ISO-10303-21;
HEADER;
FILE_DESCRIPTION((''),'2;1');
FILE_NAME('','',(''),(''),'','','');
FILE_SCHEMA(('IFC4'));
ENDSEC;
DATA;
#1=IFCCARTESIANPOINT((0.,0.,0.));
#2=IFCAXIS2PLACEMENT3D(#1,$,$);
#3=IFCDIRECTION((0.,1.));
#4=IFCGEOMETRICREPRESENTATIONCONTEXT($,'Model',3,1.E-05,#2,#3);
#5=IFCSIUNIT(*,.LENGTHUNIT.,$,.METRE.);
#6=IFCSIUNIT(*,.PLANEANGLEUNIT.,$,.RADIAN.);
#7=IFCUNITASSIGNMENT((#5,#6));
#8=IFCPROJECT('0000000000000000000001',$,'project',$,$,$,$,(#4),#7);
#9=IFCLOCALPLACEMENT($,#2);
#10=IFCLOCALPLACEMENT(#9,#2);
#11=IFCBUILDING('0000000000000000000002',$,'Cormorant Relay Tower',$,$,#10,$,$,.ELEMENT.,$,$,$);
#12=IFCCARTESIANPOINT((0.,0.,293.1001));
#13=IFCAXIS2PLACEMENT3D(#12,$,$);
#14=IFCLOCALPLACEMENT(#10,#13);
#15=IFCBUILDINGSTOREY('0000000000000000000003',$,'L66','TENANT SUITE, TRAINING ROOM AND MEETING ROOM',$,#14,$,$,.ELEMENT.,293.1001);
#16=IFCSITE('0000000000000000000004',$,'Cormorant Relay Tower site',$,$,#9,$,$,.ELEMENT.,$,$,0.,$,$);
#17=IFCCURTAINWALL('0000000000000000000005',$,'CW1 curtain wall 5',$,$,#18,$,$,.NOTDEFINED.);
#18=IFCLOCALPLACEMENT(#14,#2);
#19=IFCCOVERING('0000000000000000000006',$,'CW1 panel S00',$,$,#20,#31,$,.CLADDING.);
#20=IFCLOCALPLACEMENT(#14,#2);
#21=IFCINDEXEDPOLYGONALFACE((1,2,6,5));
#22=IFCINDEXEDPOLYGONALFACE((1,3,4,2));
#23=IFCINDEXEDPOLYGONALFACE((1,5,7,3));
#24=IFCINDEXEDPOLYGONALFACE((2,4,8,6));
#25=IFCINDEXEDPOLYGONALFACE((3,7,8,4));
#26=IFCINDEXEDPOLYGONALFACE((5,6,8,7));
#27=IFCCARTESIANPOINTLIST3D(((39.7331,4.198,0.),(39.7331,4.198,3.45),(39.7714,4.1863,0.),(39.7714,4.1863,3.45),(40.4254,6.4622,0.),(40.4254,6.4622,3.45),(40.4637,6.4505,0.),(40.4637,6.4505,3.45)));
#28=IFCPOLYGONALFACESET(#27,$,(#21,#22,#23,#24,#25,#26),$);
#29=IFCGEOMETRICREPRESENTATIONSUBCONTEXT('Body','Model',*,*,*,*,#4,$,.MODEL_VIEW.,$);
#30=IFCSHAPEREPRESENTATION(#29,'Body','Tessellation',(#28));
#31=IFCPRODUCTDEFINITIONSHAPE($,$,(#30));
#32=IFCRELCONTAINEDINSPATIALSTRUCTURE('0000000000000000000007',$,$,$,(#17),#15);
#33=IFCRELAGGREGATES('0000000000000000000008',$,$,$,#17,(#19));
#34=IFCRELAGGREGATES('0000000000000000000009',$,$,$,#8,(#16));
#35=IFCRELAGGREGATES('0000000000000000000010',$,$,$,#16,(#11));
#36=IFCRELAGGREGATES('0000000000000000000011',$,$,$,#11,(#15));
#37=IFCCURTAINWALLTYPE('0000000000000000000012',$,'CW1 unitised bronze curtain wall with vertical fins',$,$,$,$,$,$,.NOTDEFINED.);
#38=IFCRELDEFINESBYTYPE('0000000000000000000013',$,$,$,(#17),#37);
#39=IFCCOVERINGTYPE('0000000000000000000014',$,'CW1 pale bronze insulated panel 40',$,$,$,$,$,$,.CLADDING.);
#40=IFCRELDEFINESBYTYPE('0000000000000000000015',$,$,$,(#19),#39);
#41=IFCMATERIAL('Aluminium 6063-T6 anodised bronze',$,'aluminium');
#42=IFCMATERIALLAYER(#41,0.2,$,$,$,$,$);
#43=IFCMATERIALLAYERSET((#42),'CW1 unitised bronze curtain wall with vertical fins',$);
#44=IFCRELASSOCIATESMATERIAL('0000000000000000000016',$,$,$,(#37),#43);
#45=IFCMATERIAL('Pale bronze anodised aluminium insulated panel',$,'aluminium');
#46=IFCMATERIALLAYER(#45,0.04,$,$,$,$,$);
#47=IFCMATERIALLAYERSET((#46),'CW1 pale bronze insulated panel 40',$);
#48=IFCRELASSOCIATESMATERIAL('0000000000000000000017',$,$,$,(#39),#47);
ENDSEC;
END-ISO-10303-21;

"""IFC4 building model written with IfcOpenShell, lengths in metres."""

from ifc_helpers import new_model, si_unit, direction, frame, origin, origin_2d, place, context, subcontext, project, spatial, rectangle, extrude, material, layer, layer_set, type_object, element, aggregate, save


model = new_model("IFC4")

# Units and contexts
model_context = context("Model", 3, precision=1e-05, world=origin(), true_north=direction((0.0, 1.0)))
body_context = subcontext(model_context, "Body", "Model", "MODEL_VIEW")
ifc_project = project(units=[si_unit("LENGTHUNIT", "METRE"), si_unit("PLANEANGLEUNIT", "RADIAN")], contexts=[model_context])

# Site, building, storey
site_placement = place(None, origin())
site = spatial("IfcSite", under=ifc_project, at=site_placement, Name="Cormorant Relay Tower site", CompositionType="ELEMENT", RefElevation=0.0)
building_placement = place(site_placement, origin())
building = spatial("IfcBuilding", under=site, at=building_placement, Name="Cormorant Relay Tower", CompositionType="ELEMENT")
storey_placement = place(building_placement, frame((0.0, 0.0, 293.1001)))
storey = spatial("IfcBuildingStorey", under=building, at=storey_placement, Name="L66", Description="TENANT SUITE, TRAINING ROOM AND MEETING ROOM", CompositionType="ELEMENT", Elevation=293.1001)

# Shared definitions
ifc_material_1 = material(Name="Aluminium 6063-T6 anodised bronze", Category="aluminium")
ifc_layer_1 = layer(ifc_material_1, 0.2)
ifc_layer_set_1 = layer_set([ifc_layer_1], Name="CW1 unitised bronze curtain wall with vertical fins")
curtain_wall_type = type_object("IfcCurtainWallType", Name="CW1 unitised bronze curtain wall with vertical fins", PredefinedType="NOTDEFINED", material=ifc_layer_set_1)

# Curtain wall
curtain_wall_1_placement = place(storey_placement, origin())
curtain_wall_1 = element("IfcCurtainWall", 1, at=curtain_wall_1_placement, inside=storey, type_object=curtain_wall_type, Name="CW1 curtain wall 5", PredefinedType="NOTDEFINED")

# Covering
ifc_material_2 = material(Name="Pale bronze anodised aluminium insulated panel", Category="aluminium")
ifc_layer_2 = layer(ifc_material_2, 0.04)
ifc_layer_set_2 = layer_set([ifc_layer_2], Name="CW1 pale bronze insulated panel 40")
covering_type = type_object("IfcCoveringType", Name="CW1 pale bronze insulated panel 40", PredefinedType="CLADDING", material=ifc_layer_set_2)
covering_1_placement = place(storey_placement, frame((40.0984, 5.3242, 0.0), z_axis=(0.0, 0.0, 1.0), x_axis=(0.292372, 0.956305, 0.0)))
covering_1 = element("IfcCovering", 2, at=covering_1_placement, type_object=covering_type, Name="CW1 panel S00", PredefinedType="CLADDING", context=body_context, shape_type="SweptSolid", body=[
    extrude(rectangle(XDim=2.3677, YDim=0.04, at=origin_2d()), origin(), (0.0, 0.0, 1.0), 3.45),
])
aggregate(curtain_wall_1, [covering_1])

save(model, "model.ifc")
